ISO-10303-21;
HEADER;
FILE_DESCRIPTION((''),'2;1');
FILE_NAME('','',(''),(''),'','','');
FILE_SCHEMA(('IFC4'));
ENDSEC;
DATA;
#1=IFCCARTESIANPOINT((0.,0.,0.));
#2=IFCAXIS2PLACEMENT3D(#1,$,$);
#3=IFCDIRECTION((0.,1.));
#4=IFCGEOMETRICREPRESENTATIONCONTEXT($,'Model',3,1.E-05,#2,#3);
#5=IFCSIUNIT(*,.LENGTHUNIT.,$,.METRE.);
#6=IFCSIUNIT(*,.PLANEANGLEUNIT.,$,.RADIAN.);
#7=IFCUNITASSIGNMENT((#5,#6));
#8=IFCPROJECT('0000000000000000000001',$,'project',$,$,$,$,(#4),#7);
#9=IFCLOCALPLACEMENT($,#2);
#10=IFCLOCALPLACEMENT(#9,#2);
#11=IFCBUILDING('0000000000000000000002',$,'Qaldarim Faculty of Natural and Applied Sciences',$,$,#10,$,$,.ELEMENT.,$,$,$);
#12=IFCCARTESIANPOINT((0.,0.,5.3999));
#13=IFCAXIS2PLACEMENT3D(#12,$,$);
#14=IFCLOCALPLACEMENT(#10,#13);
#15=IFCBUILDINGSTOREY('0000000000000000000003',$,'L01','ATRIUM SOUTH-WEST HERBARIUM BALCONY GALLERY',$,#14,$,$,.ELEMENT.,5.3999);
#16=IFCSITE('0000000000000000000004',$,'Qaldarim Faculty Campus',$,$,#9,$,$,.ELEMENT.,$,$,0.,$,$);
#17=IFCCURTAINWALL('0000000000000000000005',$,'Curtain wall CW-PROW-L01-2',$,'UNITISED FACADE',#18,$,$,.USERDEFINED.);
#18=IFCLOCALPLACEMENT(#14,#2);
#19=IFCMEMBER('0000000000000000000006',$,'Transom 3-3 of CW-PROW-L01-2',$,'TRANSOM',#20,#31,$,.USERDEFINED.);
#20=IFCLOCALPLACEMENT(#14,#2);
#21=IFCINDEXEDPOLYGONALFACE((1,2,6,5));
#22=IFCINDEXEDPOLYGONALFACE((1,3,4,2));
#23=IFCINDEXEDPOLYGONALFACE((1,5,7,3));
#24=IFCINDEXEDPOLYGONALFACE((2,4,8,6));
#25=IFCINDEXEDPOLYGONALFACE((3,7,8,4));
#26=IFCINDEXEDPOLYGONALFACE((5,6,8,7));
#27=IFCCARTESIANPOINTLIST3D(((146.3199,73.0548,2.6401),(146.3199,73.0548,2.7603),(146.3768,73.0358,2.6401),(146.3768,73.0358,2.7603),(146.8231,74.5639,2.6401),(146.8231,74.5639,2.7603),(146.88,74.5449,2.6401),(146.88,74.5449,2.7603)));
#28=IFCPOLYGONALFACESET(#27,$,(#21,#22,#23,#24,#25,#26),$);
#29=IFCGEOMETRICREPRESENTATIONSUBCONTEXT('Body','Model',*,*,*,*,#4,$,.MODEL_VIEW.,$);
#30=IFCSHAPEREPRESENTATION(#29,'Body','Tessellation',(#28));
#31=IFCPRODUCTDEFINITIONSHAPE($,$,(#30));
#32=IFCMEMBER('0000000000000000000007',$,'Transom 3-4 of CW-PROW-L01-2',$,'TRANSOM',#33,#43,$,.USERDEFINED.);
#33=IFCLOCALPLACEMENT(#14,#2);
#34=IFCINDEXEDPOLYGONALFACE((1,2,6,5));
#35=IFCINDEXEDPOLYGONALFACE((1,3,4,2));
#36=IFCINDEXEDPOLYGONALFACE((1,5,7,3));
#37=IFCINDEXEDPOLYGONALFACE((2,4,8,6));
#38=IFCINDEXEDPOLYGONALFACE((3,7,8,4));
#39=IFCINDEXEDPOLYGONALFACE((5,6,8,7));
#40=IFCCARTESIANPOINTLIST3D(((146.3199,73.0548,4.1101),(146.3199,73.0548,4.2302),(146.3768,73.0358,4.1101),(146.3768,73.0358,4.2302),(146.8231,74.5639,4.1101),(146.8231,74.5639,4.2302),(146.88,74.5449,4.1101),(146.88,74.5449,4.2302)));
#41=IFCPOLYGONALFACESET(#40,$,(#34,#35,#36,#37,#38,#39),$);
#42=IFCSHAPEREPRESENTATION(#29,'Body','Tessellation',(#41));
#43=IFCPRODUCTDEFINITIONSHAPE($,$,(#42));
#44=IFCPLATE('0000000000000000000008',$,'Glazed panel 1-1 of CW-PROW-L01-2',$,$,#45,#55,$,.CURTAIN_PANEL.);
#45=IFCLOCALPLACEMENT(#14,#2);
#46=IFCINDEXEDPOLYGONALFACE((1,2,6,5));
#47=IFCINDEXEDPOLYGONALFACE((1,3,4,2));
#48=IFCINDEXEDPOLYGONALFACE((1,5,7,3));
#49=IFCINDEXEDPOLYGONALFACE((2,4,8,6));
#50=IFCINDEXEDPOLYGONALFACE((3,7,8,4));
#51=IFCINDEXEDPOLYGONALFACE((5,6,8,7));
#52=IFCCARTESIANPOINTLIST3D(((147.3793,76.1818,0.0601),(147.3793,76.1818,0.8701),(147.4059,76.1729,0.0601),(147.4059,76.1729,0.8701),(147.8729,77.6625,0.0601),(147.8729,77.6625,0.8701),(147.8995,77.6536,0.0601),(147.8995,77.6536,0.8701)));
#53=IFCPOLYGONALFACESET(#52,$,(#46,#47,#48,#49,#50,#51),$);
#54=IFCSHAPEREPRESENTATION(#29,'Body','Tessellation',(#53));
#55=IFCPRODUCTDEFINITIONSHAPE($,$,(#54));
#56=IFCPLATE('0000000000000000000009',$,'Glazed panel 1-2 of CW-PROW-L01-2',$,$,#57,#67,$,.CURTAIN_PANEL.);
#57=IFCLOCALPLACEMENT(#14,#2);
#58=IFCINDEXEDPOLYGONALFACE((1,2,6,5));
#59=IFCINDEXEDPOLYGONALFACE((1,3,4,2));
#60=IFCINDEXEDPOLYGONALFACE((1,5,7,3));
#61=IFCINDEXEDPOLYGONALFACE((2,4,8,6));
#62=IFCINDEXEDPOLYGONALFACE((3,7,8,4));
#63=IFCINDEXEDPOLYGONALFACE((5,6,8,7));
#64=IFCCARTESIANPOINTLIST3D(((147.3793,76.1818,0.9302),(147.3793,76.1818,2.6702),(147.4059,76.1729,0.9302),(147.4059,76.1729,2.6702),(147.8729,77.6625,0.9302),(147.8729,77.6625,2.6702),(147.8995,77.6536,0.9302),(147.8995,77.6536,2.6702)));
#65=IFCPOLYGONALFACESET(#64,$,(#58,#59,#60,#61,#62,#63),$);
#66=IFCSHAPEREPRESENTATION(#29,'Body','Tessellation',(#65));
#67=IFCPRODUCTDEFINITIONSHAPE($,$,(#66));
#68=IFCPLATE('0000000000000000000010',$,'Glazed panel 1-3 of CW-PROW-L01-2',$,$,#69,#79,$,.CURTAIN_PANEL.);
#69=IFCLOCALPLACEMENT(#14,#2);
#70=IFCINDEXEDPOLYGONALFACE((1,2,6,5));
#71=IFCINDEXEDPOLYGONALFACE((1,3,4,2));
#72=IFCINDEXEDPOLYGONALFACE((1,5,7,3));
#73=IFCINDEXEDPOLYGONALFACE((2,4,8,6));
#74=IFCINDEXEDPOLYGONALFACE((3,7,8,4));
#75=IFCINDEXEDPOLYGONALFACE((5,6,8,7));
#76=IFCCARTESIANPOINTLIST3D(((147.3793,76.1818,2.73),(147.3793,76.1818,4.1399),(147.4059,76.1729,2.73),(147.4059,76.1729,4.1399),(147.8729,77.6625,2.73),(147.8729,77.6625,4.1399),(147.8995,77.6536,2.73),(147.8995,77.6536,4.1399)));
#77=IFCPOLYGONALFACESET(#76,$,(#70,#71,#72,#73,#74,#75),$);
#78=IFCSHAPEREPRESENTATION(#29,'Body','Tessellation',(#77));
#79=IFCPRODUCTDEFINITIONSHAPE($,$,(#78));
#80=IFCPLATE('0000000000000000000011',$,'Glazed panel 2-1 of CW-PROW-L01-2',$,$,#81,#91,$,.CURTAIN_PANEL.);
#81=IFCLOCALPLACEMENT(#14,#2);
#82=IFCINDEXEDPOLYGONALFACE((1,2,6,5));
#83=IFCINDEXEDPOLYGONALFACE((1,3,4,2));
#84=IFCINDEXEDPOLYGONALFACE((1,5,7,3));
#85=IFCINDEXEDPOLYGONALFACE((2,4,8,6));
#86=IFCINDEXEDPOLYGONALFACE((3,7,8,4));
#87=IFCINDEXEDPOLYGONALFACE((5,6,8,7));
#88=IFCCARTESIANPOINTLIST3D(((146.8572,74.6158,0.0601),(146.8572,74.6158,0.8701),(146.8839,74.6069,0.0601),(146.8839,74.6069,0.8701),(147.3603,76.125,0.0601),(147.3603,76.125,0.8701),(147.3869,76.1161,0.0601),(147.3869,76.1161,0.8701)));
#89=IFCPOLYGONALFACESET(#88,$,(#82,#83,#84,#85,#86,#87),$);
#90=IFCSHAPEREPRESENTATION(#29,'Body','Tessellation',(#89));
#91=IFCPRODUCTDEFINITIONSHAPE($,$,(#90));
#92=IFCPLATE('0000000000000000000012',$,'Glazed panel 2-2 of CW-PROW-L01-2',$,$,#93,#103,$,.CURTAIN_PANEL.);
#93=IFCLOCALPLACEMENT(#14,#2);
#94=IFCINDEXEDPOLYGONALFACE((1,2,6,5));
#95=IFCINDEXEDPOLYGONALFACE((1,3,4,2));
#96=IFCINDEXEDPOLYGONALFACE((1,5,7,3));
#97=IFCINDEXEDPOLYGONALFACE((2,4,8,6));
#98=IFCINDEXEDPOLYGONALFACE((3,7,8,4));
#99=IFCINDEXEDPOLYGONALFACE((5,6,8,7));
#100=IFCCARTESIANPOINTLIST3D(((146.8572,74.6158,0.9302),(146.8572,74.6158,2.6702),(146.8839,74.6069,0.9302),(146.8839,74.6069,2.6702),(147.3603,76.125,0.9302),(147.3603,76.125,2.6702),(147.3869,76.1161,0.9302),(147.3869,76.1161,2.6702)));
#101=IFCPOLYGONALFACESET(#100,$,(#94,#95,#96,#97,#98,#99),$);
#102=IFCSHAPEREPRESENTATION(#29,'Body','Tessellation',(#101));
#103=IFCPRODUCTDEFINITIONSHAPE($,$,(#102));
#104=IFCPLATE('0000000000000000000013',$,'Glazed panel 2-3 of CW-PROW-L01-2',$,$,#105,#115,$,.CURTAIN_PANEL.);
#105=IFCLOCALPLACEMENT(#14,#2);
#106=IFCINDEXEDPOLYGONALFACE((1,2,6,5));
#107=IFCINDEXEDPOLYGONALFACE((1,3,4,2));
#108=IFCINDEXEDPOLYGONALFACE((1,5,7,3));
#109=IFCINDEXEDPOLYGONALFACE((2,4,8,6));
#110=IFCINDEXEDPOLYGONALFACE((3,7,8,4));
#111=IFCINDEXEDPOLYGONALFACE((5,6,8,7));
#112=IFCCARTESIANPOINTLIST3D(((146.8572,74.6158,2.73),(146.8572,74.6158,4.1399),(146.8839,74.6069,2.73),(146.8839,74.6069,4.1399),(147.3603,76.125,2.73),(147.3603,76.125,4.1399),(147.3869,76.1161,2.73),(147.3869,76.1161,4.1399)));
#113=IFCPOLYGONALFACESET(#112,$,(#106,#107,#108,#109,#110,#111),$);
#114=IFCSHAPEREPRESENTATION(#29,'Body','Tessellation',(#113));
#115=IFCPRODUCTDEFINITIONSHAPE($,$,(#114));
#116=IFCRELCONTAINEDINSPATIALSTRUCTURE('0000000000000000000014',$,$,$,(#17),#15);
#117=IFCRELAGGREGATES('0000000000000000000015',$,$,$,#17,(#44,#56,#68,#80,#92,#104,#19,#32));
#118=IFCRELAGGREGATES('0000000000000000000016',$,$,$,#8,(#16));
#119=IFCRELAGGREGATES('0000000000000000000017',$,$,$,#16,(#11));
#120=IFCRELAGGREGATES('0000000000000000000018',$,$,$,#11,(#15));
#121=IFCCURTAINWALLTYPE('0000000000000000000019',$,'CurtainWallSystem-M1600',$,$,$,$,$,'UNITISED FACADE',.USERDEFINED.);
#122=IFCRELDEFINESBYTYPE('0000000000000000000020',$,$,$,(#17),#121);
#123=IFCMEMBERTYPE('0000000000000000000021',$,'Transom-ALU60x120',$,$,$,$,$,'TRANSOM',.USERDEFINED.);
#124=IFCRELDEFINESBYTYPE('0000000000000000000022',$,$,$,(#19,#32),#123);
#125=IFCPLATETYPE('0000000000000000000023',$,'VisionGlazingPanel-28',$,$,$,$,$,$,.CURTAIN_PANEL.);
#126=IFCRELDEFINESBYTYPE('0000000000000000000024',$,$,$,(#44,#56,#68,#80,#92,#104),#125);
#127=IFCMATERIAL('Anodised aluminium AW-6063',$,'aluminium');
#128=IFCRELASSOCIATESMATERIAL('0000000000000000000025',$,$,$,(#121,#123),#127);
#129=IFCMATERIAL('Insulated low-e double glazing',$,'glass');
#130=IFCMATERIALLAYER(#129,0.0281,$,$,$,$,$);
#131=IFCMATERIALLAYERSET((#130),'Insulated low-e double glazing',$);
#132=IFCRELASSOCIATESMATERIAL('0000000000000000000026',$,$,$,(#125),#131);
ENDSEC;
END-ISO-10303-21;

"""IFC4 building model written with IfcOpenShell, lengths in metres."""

from ifc_helpers import new_model, si_unit, direction, frame, origin, origin_2d, place, context, subcontext, project, spatial, rectangle, extrude, material, layer, layer_set, material_profile, profile_set, type_object, element, aggregate, save


model = new_model("IFC4")

# Units and contexts
model_context = context("Model", 3, precision=1e-05, world=origin(), true_north=direction((0.0, 1.0)))
body_context = subcontext(model_context, "Body", "Model", "MODEL_VIEW")
ifc_project = project(units=[si_unit("LENGTHUNIT", "METRE"), si_unit("PLANEANGLEUNIT", "RADIAN")], contexts=[model_context])

# Site, building, storey
site_placement = place(None, origin())
site = spatial("IfcSite", under=ifc_project, at=site_placement, Name="Qaldarim Faculty Campus", CompositionType="ELEMENT", RefElevation=0.0)
building_placement = place(site_placement, origin())
building = spatial("IfcBuilding", under=site, at=building_placement, Name="Qaldarim Faculty of Natural and Applied Sciences", CompositionType="ELEMENT")
storey_placement = place(building_placement, frame((0.0, 0.0, 5.3999)))
storey = spatial("IfcBuildingStorey", under=building, at=storey_placement, Name="L01", Description="ATRIUM SOUTH-WEST HERBARIUM BALCONY GALLERY", CompositionType="ELEMENT", Elevation=5.3999)

# Curtain wall
ifc_material_1 = material(Name="Anodised aluminium AW-6063", Category="aluminium")
curtain_wall_type = type_object("IfcCurtainWallType", Name="CurtainWallSystem-M1600", ElementType="UNITISED FACADE", PredefinedType="USERDEFINED", material=ifc_material_1)
curtain_wall_placement = place(storey_placement, origin())
curtain_wall = element("IfcCurtainWall", 1, at=curtain_wall_placement, inside=storey, type_object=curtain_wall_type, Name="Curtain wall CW-PROW-L01-2", ObjectType="UNITISED FACADE", PredefinedType="USERDEFINED")

# Members
ifc_material_profile_1 = material_profile(ifc_material_1, rectangle(XDim=0.0601, YDim=0.1201, at=origin_2d()), Name="ALU-T60x120")
ifc_profile_set_1 = profile_set([ifc_material_profile_1], Name="Anodised aluminium AW-6063")
member_type_1 = type_object("IfcMemberType", Name="Transom-ALU60x120", ElementType="TRANSOM", PredefinedType="USERDEFINED", material=ifc_profile_set_1)
member_1_placement = place(storey_placement, frame((146.8516, 74.5544, 2.7002), z_axis=(-0.31632, -0.948653, 0.0), x_axis=(0.948653, -0.31632, 0.0)))
member_1 = element("IfcMember", 2, at=member_1_placement, type_object=member_type_1, Name="Transom 3-3 of CW-PROW-L01-2", ObjectType="TRANSOM", PredefinedType="USERDEFINED", context=body_context, shape_type="SweptSolid", body=[
    extrude(rectangle(XDim=0.0601, YDim=0.1201, at=origin_2d()), origin(), (0.0, 0.0, 1.0), 1.5908),
])
member_2_placement = place(storey_placement, frame((146.8516, 74.5544, 4.1702), z_axis=(-0.31632, -0.948653, 0.0), x_axis=(0.948653, -0.31632, 0.0)))
member_2 = element("IfcMember", 3, at=member_2_placement, type_object=member_type_1, Name="Transom 3-4 of CW-PROW-L01-2", ObjectType="TRANSOM", PredefinedType="USERDEFINED", context=body_context, shape_type="SweptSolid", body=[
    extrude(rectangle(XDim=0.0601, YDim=0.1201, at=origin_2d()), origin(), (0.0, 0.0, 1.0), 1.5908),
])

# Plates
ifc_material_2 = material(Name="Insulated low-e double glazing", Category="glass")
ifc_layer = layer(ifc_material_2, 0.0281)
ifc_layer_set = layer_set([ifc_layer], Name="Insulated low-e double glazing")
plate_type = type_object("IfcPlateType", Name="VisionGlazingPanel-28", PredefinedType="CURTAIN_PANEL", material=ifc_layer_set)
plate_1_placement = place(storey_placement, frame((147.6394, 76.9177, 0.0601), z_axis=(0.0, 0.0, 1.0), x_axis=(-0.316229, -0.948683, 0.0)))
plate_1 = element("IfcPlate", 4, at=plate_1_placement, type_object=plate_type, Name="Glazed panel 1-1 of CW-PROW-L01-2", PredefinedType="CURTAIN_PANEL", context=body_context, shape_type="SweptSolid", body=[
    extrude(rectangle(XDim=1.5608, YDim=0.0281, at=origin_2d()), origin(), (0.0, 0.0, 1.0), 0.8101),
])
plate_2_placement = place(storey_placement, frame((147.6394, 76.9177, 0.9302), z_axis=(0.0, 0.0, 1.0), x_axis=(-0.316229, -0.948683, 0.0)))
plate_2 = element("IfcPlate", 5, at=plate_2_placement, type_object=plate_type, Name="Glazed panel 1-2 of CW-PROW-L01-2", PredefinedType="CURTAIN_PANEL", context=body_context, shape_type="SweptSolid", body=[
    extrude(rectangle(XDim=1.5608, YDim=0.0281, at=origin_2d()), origin(), (0.0, 0.0, 1.0), 1.74),
])
plate_3_placement = place(storey_placement, frame((147.6394, 76.9177, 2.73), z_axis=(0.0, 0.0, 1.0), x_axis=(-0.316229, -0.948683, 0.0)))
plate_3 = element("IfcPlate", 6, at=plate_3_placement, type_object=plate_type, Name="Glazed panel 1-3 of CW-PROW-L01-2", PredefinedType="CURTAIN_PANEL", context=body_context, shape_type="SweptSolid", body=[
    extrude(rectangle(XDim=1.5608, YDim=0.0281, at=origin_2d()), origin(), (0.0, 0.0, 1.0), 1.4099),
])
plate_4_placement = place(storey_placement, frame((147.1221, 75.366, 0.0601), z_axis=(0.0, 0.0, 1.0), x_axis=(-0.316229, -0.948683, 0.0)))
plate_4 = element("IfcPlate", 7, at=plate_4_placement, type_object=plate_type, Name="Glazed panel 2-1 of CW-PROW-L01-2", PredefinedType="CURTAIN_PANEL", context=body_context, shape_type="SweptSolid", body=[
    extrude(rectangle(XDim=1.5908, YDim=0.0281, at=origin_2d()), origin(), (0.0, 0.0, 1.0), 0.8101),
])
plate_5_placement = place(storey_placement, frame((147.1221, 75.366, 0.9302), z_axis=(0.0, 0.0, 1.0), x_axis=(-0.316229, -0.948683, 0.0)))
plate_5 = element("IfcPlate", 8, at=plate_5_placement, type_object=plate_type, Name="Glazed panel 2-2 of CW-PROW-L01-2", PredefinedType="CURTAIN_PANEL", context=body_context, shape_type="SweptSolid", body=[
    extrude(rectangle(XDim=1.5908, YDim=0.0281, at=origin_2d()), origin(), (0.0, 0.0, 1.0), 1.74),
])
plate_6_placement = place(storey_placement, frame((147.1221, 75.366, 2.73), z_axis=(0.0, 0.0, 1.0), x_axis=(-0.316229, -0.948683, 0.0)))
plate_6 = element("IfcPlate", 9, at=plate_6_placement, type_object=plate_type, Name="Glazed panel 2-3 of CW-PROW-L01-2", PredefinedType="CURTAIN_PANEL", context=body_context, shape_type="SweptSolid", body=[
    extrude(rectangle(XDim=1.5908, YDim=0.0281, at=origin_2d()), origin(), (0.0, 0.0, 1.0), 1.4099),
])
aggregate(curtain_wall, [plate_1, plate_2, plate_3, plate_4, plate_5, plate_6, member_1, member_2])

save(model, "model.ifc")
